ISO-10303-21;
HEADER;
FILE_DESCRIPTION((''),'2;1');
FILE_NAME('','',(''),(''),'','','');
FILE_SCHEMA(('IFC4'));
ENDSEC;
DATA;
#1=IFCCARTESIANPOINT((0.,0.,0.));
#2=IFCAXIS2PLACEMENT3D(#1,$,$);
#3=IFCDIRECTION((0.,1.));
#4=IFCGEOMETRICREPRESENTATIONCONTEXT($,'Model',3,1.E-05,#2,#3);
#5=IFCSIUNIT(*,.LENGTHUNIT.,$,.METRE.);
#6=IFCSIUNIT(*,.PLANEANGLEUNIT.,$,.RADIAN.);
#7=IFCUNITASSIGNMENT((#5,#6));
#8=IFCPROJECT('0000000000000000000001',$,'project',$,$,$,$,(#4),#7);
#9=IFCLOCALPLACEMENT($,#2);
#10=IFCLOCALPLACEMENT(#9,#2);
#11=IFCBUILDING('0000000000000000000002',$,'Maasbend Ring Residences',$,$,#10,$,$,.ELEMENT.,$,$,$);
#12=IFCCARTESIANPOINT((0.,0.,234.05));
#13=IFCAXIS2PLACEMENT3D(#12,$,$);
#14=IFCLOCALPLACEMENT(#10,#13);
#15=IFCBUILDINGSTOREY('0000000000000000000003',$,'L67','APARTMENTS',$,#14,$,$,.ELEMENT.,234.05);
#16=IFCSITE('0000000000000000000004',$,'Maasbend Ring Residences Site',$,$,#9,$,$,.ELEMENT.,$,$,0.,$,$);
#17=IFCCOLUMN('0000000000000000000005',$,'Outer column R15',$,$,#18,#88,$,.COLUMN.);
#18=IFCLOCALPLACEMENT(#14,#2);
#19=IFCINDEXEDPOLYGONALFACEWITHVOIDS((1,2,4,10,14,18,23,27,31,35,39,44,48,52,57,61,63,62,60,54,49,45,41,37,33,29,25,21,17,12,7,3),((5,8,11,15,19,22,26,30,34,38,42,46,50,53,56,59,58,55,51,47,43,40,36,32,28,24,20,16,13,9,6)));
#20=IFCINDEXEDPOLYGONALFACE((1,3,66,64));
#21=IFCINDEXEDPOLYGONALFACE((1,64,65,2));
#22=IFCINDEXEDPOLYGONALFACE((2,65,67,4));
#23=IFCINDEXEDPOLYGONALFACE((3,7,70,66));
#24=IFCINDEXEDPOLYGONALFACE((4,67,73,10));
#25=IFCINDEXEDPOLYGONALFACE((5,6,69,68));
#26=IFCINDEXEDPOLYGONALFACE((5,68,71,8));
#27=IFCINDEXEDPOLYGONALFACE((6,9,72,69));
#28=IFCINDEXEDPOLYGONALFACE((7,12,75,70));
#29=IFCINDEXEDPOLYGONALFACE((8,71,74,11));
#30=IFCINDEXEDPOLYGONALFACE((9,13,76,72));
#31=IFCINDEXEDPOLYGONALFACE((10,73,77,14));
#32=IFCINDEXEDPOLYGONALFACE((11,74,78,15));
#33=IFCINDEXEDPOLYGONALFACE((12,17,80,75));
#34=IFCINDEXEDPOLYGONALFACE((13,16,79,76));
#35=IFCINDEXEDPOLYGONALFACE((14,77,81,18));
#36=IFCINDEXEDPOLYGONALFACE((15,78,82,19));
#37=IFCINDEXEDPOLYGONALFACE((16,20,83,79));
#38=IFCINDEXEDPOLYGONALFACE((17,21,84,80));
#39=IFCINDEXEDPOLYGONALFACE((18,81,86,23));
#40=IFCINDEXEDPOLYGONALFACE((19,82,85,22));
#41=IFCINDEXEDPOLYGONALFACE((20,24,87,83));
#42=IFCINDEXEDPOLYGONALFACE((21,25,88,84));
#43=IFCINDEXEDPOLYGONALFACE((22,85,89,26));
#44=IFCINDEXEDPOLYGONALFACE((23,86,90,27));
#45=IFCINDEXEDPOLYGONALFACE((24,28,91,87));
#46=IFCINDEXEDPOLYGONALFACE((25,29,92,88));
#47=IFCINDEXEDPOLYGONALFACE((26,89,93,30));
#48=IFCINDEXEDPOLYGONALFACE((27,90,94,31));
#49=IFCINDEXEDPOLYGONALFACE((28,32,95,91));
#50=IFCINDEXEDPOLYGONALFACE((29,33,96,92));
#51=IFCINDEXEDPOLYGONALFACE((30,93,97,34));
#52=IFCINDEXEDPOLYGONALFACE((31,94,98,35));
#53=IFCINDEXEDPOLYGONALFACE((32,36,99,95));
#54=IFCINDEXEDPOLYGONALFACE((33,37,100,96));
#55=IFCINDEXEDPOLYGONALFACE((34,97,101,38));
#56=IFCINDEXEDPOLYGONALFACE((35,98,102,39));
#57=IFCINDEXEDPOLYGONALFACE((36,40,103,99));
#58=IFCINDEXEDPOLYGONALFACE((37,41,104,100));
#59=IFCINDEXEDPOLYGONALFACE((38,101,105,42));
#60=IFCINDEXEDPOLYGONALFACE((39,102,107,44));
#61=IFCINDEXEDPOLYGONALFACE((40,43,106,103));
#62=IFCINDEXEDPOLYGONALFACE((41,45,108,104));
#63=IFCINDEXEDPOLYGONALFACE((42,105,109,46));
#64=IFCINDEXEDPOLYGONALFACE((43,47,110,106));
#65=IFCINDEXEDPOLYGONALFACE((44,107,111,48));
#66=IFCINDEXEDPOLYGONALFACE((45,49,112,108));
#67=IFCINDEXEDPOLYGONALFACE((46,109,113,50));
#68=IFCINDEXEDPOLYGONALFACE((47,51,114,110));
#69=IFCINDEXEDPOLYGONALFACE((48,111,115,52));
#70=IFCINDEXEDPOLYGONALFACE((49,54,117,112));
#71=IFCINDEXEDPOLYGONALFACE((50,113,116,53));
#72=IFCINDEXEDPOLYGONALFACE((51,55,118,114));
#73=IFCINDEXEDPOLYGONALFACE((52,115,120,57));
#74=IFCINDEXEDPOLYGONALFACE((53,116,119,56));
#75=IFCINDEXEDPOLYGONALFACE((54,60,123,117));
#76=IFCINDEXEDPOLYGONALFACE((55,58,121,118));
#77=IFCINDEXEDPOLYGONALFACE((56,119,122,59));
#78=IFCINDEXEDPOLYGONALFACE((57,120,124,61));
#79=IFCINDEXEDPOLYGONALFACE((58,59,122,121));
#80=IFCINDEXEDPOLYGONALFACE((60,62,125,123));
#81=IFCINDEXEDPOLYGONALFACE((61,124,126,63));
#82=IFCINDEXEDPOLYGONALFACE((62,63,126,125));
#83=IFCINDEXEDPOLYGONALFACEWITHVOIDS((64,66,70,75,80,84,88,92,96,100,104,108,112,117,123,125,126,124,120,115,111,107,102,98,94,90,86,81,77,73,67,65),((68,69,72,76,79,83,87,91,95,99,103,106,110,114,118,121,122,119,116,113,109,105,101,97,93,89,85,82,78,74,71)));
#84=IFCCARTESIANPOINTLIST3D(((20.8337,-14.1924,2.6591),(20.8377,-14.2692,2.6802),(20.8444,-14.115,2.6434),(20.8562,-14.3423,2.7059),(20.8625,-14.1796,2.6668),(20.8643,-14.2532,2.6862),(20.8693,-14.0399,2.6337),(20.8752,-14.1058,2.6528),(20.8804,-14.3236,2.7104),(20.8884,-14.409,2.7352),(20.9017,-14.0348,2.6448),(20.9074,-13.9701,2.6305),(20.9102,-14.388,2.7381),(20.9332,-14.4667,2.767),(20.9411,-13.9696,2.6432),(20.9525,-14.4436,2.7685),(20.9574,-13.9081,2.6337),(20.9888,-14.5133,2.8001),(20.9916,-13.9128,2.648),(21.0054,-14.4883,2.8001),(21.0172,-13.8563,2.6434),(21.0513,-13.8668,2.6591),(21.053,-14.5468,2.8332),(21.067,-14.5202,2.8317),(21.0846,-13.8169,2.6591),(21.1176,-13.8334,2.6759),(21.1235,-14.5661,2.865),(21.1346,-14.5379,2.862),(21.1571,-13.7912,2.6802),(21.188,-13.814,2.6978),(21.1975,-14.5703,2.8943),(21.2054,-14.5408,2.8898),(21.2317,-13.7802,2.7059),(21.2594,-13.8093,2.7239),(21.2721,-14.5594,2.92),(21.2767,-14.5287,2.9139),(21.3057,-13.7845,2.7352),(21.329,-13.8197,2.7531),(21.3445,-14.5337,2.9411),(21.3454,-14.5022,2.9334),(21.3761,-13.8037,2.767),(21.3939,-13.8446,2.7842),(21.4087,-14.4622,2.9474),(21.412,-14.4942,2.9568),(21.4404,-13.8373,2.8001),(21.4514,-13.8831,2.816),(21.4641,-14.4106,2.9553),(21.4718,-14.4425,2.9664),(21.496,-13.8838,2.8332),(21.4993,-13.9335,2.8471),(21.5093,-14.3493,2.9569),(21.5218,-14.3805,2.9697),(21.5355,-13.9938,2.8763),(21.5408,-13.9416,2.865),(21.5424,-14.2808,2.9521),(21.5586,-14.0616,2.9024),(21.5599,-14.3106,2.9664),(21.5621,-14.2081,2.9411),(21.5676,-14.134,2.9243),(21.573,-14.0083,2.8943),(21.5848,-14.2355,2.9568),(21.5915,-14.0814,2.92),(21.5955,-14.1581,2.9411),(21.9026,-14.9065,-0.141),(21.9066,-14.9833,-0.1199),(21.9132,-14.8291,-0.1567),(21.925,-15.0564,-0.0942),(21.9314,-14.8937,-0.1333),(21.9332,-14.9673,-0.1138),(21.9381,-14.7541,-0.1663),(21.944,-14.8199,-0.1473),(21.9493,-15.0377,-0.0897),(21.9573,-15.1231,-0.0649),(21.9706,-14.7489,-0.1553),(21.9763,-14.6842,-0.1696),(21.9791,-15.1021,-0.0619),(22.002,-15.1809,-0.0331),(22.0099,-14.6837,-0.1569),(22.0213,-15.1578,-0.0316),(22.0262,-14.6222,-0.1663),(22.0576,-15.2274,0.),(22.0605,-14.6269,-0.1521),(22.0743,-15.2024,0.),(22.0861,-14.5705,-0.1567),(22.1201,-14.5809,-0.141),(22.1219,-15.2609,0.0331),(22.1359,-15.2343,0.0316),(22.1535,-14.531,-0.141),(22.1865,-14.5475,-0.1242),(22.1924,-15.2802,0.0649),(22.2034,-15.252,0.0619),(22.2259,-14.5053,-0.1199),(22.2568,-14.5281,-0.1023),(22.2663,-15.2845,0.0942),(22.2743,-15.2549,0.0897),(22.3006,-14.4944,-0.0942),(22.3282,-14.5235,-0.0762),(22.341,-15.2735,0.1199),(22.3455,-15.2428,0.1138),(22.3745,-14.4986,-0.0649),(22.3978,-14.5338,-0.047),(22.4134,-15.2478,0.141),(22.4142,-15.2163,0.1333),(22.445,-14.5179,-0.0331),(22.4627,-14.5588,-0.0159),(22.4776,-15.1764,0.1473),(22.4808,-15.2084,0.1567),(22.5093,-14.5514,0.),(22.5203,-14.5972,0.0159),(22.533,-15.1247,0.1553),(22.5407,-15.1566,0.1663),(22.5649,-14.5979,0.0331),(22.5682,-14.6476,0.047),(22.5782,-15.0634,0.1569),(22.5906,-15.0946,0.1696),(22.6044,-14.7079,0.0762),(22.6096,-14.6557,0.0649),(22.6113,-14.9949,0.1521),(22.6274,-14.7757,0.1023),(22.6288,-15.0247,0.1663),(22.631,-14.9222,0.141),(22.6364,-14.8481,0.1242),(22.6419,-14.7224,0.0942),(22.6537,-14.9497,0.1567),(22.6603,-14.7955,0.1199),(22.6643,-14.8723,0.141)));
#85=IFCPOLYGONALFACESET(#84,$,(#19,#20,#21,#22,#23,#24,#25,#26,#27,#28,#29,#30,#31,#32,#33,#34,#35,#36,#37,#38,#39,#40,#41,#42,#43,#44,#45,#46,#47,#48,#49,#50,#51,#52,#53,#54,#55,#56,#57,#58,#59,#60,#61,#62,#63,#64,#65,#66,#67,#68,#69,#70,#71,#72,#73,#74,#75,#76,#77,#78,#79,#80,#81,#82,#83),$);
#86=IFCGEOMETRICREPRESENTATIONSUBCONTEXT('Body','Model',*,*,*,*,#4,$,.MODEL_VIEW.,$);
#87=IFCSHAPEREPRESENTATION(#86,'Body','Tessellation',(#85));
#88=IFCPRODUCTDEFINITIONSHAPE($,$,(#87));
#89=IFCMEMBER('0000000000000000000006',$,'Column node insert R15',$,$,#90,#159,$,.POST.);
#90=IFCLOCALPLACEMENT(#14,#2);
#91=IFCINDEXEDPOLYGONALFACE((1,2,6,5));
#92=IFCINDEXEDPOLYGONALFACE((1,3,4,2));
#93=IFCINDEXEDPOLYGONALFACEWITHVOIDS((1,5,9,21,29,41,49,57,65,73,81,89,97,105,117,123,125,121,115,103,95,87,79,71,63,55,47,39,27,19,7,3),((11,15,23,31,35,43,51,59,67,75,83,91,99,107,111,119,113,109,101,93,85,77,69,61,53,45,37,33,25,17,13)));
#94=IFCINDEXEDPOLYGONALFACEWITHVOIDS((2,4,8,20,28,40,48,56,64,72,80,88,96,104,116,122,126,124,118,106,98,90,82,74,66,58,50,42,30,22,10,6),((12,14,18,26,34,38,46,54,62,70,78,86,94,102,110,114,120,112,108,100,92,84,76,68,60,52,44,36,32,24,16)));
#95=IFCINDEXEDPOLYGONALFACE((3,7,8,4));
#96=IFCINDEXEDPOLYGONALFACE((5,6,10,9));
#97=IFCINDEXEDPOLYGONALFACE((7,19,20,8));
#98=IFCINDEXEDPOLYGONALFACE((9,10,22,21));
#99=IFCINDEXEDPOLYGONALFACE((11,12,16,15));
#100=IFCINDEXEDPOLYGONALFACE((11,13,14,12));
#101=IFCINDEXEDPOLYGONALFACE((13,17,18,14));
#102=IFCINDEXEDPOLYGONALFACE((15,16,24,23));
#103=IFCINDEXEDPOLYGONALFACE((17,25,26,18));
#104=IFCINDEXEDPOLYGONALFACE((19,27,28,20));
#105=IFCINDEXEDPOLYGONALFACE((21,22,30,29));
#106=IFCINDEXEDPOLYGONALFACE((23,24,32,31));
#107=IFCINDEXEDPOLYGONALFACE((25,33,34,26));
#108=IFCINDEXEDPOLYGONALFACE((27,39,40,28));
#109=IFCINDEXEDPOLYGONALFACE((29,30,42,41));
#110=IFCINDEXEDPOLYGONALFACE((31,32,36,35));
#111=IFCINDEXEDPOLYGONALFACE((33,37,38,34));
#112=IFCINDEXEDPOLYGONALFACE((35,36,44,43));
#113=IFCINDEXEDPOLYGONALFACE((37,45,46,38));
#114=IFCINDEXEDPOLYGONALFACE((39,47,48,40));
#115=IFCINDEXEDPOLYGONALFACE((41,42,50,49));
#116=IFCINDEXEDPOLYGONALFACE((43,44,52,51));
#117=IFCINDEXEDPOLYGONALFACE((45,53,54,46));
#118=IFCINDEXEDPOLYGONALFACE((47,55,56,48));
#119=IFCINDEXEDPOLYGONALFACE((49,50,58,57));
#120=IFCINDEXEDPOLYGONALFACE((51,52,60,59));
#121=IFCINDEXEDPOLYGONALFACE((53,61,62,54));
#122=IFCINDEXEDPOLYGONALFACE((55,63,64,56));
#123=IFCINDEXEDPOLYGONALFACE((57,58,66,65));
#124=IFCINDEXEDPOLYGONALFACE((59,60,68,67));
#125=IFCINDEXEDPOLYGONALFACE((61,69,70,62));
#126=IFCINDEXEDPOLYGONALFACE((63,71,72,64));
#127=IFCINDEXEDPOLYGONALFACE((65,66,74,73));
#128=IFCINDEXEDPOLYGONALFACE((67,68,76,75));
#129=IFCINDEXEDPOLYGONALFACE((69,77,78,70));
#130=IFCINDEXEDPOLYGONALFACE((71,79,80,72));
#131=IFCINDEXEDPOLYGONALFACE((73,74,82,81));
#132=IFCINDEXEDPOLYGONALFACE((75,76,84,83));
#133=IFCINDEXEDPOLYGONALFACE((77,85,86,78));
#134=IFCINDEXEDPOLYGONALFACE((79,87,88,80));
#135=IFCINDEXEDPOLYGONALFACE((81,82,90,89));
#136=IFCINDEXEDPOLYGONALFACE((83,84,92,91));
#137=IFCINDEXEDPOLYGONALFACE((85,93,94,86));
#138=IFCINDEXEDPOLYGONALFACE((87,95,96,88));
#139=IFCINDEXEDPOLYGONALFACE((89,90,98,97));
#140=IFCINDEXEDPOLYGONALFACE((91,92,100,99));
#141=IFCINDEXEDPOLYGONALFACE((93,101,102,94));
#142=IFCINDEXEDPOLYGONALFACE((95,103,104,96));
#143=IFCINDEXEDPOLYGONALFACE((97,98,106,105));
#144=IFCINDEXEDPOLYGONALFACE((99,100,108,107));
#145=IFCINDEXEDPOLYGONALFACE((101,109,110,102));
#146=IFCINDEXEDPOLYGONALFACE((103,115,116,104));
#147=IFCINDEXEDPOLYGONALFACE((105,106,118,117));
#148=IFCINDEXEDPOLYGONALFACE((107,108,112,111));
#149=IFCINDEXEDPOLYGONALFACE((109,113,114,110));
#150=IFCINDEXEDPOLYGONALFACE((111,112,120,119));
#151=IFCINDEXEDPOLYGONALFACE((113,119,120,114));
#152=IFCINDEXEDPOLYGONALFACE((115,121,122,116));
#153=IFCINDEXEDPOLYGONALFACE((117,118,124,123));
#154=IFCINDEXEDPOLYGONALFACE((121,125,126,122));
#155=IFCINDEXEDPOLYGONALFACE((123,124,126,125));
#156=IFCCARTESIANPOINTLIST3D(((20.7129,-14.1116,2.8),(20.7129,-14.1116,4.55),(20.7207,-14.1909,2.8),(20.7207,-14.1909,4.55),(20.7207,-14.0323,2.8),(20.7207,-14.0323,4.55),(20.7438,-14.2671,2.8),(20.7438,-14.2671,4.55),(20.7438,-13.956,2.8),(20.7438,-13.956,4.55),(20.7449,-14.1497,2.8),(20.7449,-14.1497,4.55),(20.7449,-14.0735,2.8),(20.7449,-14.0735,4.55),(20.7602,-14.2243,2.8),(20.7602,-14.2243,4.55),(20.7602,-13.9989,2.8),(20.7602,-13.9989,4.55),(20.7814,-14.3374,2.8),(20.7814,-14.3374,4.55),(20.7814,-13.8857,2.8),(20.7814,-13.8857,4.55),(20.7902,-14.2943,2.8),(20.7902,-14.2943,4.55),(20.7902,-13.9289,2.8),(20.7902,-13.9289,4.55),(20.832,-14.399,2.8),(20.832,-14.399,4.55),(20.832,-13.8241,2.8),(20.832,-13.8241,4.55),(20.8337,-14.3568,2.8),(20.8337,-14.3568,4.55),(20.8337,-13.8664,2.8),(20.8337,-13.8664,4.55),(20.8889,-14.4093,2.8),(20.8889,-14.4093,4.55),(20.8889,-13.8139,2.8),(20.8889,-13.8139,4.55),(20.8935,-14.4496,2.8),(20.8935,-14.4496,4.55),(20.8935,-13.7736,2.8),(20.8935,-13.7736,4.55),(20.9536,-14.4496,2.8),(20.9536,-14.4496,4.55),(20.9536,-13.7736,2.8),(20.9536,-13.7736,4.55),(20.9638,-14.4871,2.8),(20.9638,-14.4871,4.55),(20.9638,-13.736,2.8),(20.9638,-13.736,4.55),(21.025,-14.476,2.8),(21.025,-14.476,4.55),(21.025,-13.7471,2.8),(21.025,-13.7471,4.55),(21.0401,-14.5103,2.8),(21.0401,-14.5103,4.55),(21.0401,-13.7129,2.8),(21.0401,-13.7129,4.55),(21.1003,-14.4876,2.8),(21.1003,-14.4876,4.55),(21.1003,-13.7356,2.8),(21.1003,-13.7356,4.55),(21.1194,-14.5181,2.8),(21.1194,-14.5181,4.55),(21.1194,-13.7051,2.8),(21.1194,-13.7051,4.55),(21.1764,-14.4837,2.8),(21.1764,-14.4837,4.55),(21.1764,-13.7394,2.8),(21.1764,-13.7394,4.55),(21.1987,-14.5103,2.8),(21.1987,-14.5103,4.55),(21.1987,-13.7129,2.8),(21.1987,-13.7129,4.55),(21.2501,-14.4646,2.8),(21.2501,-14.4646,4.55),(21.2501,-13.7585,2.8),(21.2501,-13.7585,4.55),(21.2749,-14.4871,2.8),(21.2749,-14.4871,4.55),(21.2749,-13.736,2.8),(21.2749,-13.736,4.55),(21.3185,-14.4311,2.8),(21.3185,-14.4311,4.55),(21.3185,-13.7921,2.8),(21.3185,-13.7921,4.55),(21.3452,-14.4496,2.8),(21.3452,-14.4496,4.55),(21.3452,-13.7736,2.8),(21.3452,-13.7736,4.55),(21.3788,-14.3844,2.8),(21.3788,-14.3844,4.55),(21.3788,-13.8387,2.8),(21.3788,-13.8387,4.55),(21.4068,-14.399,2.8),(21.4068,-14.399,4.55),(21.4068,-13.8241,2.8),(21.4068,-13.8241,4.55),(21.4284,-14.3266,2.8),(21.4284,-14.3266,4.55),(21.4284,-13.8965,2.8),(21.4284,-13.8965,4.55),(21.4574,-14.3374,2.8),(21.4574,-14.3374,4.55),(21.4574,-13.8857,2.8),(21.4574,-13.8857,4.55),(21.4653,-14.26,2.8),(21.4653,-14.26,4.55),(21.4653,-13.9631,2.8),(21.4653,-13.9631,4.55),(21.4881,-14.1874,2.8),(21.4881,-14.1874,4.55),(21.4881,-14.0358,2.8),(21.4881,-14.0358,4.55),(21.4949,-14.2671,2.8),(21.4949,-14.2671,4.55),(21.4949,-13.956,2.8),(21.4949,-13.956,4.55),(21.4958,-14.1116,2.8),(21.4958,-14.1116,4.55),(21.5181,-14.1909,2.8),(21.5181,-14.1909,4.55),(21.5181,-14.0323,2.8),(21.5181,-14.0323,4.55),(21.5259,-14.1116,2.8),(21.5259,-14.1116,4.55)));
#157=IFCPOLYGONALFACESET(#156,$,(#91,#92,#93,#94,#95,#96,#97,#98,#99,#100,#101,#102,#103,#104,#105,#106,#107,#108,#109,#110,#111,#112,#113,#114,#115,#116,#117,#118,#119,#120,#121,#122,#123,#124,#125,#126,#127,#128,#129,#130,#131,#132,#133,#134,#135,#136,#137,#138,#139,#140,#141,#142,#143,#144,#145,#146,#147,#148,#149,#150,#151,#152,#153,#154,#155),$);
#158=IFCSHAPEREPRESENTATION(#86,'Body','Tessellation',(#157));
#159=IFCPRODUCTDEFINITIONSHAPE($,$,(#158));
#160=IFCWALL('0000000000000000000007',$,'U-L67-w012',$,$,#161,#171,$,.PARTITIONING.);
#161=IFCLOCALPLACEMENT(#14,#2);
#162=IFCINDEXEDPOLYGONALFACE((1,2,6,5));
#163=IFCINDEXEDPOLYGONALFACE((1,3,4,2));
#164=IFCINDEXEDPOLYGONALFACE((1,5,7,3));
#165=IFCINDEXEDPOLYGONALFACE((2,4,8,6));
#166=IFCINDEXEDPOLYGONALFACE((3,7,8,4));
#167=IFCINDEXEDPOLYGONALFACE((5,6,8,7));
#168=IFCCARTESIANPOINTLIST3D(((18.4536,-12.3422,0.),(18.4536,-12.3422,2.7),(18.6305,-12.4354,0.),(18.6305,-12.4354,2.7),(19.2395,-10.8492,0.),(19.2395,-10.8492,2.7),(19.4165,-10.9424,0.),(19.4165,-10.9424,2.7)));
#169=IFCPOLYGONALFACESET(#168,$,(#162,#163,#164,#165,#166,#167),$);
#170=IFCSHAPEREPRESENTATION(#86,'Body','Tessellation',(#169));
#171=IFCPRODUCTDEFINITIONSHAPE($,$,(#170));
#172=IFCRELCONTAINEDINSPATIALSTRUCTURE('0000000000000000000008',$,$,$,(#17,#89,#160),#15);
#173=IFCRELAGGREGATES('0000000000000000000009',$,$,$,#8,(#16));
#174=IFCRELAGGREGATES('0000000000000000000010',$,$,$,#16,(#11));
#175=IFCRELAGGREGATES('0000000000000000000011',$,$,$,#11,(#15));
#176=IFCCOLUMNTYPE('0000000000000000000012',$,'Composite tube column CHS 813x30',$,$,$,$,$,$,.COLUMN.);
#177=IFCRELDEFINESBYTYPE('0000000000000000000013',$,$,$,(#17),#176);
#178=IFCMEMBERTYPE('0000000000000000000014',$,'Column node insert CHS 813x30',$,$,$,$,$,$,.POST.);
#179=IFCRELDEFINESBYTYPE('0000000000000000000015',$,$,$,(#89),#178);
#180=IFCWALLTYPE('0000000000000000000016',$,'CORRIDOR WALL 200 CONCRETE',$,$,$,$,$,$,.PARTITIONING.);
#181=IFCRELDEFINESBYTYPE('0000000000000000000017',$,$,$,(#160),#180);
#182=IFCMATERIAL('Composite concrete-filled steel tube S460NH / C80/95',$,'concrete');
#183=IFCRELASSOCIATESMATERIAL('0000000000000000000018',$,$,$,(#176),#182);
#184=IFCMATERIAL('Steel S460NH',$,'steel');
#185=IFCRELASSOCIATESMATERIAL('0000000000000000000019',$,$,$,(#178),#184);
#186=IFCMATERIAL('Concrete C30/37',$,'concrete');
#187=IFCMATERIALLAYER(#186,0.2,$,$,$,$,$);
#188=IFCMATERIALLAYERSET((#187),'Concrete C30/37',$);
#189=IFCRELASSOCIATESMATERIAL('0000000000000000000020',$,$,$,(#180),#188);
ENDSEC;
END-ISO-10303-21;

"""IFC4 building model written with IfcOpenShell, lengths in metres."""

from ifc_helpers import new_model, si_unit, direction, frame, frame_2d, origin, origin_2d, place, context, subcontext, project, spatial, rectangle, hollow_circle, extrude, material, layer, layer_set, material_profile, profile_set, type_object, element, save


model = new_model("IFC4")

# Units and contexts
model_context = context("Model", 3, precision=1e-05, world=origin(), true_north=direction((0.0, 1.0)))
body_context = subcontext(model_context, "Body", "Model", "MODEL_VIEW")
ifc_project = project(units=[si_unit("LENGTHUNIT", "METRE"), si_unit("PLANEANGLEUNIT", "RADIAN")], contexts=[model_context])

# Site, building, storey
site_placement = place(None, origin())
site = spatial("IfcSite", under=ifc_project, at=site_placement, Name="Maasbend Ring Residences Site", CompositionType="ELEMENT", RefElevation=0.0)
building_placement = place(site_placement, origin())
building = spatial("IfcBuilding", under=site, at=building_placement, Name="Maasbend Ring Residences", CompositionType="ELEMENT")
storey_placement = place(building_placement, frame((0.0, 0.0, 234.05)))
storey = spatial("IfcBuildingStorey", under=building, at=storey_placement, Name="L67", Description="APARTMENTS", CompositionType="ELEMENT", Elevation=234.05)

# Column
ifc_material_1 = material(Name="Composite concrete-filled steel tube S460NH / C80/95", Category="concrete")
ifc_material_profile_1 = material_profile(ifc_material_1, hollow_circle(Radius=0.4065, WallThickness=0.03, at=origin_2d()), Name="Composite tube column CHS 813x30")
ifc_profile_set_1 = profile_set([ifc_material_profile_1], Name="Composite concrete-filled steel tube S460NH / C80/95")
column_type = type_object("IfcColumnType", Name="Composite tube column CHS 813x30", PredefinedType="COLUMN", material=ifc_profile_set_1)
column_placement = place(storey_placement, frame((22.2834, -14.8894, 0.0), z_axis=(-0.346914, 0.231778, 0.908807), x_axis=(-0.555533, -0.831495, 0.0)))
element("IfcColumn", 1, at=column_placement, inside=storey, type_object=column_type, Name="Outer column R15", PredefinedType="COLUMN", context=body_context, shape_type="SweptSolid", body=[
    extrude(hollow_circle(Radius=0.4065, WallThickness=0.03, at=origin_2d()), origin(), (0.0, 0.0, 1.0), 3.0811),
])

# Member
ifc_material_2 = material(Name="Steel S460NH", Category="steel")
ifc_material_profile_2 = material_profile(ifc_material_2, hollow_circle(Radius=0.4065, WallThickness=0.03, at=origin_2d()), Name="Column node insert CHS 813x30")
ifc_profile_set_2 = profile_set([ifc_material_profile_2], Name="Steel S460NH")
member_type = type_object("IfcMemberType", Name="Column node insert CHS 813x30", PredefinedType="POST", material=ifc_profile_set_2)
member_placement = place(storey_placement, frame((21.1194, -14.1116, 2.8), z_axis=(0.0, 0.0, 1.0), x_axis=(1.0, 0.0, 0.0)))
element("IfcMember", 2, at=member_placement, inside=storey, type_object=member_type, Name="Column node insert R15", PredefinedType="POST", context=body_context, shape_type="SweptSolid", body=[
    extrude(hollow_circle(Radius=0.4065, WallThickness=0.03, at=origin_2d()), origin(), (0.0, 0.0, 1.0), 1.75),
])

# Wall
ifc_material_3 = material(Name="Concrete C30/37", Category="concrete")
ifc_layer_1 = layer(ifc_material_3, 0.2)
ifc_layer_set_1 = layer_set([ifc_layer_1], Name="Concrete C30/37")
wall_type_1 = type_object("IfcWallType", Name="CORRIDOR WALL 200 CONCRETE", PredefinedType="PARTITIONING", material=ifc_layer_set_1)
wall_1_placement = place(storey_placement, frame((18.542, -12.3889, 0.0), z_axis=(0.0, 0.0, 1.0), x_axis=(0.465812, 0.884884, 0.0)))
element("IfcWall", 3, at=wall_1_placement, inside=storey, type_object=wall_type_1, Name="U-L67-w012", PredefinedType="PARTITIONING", context=body_context, shape_type="SweptSolid", body=[
    extrude(rectangle(XDim=1.6873, YDim=0.2, at=frame_2d((0.8438, 0.0))), origin(), (0.0, 0.0, 1.0), 2.7),
])

save(model, "model.ifc")
